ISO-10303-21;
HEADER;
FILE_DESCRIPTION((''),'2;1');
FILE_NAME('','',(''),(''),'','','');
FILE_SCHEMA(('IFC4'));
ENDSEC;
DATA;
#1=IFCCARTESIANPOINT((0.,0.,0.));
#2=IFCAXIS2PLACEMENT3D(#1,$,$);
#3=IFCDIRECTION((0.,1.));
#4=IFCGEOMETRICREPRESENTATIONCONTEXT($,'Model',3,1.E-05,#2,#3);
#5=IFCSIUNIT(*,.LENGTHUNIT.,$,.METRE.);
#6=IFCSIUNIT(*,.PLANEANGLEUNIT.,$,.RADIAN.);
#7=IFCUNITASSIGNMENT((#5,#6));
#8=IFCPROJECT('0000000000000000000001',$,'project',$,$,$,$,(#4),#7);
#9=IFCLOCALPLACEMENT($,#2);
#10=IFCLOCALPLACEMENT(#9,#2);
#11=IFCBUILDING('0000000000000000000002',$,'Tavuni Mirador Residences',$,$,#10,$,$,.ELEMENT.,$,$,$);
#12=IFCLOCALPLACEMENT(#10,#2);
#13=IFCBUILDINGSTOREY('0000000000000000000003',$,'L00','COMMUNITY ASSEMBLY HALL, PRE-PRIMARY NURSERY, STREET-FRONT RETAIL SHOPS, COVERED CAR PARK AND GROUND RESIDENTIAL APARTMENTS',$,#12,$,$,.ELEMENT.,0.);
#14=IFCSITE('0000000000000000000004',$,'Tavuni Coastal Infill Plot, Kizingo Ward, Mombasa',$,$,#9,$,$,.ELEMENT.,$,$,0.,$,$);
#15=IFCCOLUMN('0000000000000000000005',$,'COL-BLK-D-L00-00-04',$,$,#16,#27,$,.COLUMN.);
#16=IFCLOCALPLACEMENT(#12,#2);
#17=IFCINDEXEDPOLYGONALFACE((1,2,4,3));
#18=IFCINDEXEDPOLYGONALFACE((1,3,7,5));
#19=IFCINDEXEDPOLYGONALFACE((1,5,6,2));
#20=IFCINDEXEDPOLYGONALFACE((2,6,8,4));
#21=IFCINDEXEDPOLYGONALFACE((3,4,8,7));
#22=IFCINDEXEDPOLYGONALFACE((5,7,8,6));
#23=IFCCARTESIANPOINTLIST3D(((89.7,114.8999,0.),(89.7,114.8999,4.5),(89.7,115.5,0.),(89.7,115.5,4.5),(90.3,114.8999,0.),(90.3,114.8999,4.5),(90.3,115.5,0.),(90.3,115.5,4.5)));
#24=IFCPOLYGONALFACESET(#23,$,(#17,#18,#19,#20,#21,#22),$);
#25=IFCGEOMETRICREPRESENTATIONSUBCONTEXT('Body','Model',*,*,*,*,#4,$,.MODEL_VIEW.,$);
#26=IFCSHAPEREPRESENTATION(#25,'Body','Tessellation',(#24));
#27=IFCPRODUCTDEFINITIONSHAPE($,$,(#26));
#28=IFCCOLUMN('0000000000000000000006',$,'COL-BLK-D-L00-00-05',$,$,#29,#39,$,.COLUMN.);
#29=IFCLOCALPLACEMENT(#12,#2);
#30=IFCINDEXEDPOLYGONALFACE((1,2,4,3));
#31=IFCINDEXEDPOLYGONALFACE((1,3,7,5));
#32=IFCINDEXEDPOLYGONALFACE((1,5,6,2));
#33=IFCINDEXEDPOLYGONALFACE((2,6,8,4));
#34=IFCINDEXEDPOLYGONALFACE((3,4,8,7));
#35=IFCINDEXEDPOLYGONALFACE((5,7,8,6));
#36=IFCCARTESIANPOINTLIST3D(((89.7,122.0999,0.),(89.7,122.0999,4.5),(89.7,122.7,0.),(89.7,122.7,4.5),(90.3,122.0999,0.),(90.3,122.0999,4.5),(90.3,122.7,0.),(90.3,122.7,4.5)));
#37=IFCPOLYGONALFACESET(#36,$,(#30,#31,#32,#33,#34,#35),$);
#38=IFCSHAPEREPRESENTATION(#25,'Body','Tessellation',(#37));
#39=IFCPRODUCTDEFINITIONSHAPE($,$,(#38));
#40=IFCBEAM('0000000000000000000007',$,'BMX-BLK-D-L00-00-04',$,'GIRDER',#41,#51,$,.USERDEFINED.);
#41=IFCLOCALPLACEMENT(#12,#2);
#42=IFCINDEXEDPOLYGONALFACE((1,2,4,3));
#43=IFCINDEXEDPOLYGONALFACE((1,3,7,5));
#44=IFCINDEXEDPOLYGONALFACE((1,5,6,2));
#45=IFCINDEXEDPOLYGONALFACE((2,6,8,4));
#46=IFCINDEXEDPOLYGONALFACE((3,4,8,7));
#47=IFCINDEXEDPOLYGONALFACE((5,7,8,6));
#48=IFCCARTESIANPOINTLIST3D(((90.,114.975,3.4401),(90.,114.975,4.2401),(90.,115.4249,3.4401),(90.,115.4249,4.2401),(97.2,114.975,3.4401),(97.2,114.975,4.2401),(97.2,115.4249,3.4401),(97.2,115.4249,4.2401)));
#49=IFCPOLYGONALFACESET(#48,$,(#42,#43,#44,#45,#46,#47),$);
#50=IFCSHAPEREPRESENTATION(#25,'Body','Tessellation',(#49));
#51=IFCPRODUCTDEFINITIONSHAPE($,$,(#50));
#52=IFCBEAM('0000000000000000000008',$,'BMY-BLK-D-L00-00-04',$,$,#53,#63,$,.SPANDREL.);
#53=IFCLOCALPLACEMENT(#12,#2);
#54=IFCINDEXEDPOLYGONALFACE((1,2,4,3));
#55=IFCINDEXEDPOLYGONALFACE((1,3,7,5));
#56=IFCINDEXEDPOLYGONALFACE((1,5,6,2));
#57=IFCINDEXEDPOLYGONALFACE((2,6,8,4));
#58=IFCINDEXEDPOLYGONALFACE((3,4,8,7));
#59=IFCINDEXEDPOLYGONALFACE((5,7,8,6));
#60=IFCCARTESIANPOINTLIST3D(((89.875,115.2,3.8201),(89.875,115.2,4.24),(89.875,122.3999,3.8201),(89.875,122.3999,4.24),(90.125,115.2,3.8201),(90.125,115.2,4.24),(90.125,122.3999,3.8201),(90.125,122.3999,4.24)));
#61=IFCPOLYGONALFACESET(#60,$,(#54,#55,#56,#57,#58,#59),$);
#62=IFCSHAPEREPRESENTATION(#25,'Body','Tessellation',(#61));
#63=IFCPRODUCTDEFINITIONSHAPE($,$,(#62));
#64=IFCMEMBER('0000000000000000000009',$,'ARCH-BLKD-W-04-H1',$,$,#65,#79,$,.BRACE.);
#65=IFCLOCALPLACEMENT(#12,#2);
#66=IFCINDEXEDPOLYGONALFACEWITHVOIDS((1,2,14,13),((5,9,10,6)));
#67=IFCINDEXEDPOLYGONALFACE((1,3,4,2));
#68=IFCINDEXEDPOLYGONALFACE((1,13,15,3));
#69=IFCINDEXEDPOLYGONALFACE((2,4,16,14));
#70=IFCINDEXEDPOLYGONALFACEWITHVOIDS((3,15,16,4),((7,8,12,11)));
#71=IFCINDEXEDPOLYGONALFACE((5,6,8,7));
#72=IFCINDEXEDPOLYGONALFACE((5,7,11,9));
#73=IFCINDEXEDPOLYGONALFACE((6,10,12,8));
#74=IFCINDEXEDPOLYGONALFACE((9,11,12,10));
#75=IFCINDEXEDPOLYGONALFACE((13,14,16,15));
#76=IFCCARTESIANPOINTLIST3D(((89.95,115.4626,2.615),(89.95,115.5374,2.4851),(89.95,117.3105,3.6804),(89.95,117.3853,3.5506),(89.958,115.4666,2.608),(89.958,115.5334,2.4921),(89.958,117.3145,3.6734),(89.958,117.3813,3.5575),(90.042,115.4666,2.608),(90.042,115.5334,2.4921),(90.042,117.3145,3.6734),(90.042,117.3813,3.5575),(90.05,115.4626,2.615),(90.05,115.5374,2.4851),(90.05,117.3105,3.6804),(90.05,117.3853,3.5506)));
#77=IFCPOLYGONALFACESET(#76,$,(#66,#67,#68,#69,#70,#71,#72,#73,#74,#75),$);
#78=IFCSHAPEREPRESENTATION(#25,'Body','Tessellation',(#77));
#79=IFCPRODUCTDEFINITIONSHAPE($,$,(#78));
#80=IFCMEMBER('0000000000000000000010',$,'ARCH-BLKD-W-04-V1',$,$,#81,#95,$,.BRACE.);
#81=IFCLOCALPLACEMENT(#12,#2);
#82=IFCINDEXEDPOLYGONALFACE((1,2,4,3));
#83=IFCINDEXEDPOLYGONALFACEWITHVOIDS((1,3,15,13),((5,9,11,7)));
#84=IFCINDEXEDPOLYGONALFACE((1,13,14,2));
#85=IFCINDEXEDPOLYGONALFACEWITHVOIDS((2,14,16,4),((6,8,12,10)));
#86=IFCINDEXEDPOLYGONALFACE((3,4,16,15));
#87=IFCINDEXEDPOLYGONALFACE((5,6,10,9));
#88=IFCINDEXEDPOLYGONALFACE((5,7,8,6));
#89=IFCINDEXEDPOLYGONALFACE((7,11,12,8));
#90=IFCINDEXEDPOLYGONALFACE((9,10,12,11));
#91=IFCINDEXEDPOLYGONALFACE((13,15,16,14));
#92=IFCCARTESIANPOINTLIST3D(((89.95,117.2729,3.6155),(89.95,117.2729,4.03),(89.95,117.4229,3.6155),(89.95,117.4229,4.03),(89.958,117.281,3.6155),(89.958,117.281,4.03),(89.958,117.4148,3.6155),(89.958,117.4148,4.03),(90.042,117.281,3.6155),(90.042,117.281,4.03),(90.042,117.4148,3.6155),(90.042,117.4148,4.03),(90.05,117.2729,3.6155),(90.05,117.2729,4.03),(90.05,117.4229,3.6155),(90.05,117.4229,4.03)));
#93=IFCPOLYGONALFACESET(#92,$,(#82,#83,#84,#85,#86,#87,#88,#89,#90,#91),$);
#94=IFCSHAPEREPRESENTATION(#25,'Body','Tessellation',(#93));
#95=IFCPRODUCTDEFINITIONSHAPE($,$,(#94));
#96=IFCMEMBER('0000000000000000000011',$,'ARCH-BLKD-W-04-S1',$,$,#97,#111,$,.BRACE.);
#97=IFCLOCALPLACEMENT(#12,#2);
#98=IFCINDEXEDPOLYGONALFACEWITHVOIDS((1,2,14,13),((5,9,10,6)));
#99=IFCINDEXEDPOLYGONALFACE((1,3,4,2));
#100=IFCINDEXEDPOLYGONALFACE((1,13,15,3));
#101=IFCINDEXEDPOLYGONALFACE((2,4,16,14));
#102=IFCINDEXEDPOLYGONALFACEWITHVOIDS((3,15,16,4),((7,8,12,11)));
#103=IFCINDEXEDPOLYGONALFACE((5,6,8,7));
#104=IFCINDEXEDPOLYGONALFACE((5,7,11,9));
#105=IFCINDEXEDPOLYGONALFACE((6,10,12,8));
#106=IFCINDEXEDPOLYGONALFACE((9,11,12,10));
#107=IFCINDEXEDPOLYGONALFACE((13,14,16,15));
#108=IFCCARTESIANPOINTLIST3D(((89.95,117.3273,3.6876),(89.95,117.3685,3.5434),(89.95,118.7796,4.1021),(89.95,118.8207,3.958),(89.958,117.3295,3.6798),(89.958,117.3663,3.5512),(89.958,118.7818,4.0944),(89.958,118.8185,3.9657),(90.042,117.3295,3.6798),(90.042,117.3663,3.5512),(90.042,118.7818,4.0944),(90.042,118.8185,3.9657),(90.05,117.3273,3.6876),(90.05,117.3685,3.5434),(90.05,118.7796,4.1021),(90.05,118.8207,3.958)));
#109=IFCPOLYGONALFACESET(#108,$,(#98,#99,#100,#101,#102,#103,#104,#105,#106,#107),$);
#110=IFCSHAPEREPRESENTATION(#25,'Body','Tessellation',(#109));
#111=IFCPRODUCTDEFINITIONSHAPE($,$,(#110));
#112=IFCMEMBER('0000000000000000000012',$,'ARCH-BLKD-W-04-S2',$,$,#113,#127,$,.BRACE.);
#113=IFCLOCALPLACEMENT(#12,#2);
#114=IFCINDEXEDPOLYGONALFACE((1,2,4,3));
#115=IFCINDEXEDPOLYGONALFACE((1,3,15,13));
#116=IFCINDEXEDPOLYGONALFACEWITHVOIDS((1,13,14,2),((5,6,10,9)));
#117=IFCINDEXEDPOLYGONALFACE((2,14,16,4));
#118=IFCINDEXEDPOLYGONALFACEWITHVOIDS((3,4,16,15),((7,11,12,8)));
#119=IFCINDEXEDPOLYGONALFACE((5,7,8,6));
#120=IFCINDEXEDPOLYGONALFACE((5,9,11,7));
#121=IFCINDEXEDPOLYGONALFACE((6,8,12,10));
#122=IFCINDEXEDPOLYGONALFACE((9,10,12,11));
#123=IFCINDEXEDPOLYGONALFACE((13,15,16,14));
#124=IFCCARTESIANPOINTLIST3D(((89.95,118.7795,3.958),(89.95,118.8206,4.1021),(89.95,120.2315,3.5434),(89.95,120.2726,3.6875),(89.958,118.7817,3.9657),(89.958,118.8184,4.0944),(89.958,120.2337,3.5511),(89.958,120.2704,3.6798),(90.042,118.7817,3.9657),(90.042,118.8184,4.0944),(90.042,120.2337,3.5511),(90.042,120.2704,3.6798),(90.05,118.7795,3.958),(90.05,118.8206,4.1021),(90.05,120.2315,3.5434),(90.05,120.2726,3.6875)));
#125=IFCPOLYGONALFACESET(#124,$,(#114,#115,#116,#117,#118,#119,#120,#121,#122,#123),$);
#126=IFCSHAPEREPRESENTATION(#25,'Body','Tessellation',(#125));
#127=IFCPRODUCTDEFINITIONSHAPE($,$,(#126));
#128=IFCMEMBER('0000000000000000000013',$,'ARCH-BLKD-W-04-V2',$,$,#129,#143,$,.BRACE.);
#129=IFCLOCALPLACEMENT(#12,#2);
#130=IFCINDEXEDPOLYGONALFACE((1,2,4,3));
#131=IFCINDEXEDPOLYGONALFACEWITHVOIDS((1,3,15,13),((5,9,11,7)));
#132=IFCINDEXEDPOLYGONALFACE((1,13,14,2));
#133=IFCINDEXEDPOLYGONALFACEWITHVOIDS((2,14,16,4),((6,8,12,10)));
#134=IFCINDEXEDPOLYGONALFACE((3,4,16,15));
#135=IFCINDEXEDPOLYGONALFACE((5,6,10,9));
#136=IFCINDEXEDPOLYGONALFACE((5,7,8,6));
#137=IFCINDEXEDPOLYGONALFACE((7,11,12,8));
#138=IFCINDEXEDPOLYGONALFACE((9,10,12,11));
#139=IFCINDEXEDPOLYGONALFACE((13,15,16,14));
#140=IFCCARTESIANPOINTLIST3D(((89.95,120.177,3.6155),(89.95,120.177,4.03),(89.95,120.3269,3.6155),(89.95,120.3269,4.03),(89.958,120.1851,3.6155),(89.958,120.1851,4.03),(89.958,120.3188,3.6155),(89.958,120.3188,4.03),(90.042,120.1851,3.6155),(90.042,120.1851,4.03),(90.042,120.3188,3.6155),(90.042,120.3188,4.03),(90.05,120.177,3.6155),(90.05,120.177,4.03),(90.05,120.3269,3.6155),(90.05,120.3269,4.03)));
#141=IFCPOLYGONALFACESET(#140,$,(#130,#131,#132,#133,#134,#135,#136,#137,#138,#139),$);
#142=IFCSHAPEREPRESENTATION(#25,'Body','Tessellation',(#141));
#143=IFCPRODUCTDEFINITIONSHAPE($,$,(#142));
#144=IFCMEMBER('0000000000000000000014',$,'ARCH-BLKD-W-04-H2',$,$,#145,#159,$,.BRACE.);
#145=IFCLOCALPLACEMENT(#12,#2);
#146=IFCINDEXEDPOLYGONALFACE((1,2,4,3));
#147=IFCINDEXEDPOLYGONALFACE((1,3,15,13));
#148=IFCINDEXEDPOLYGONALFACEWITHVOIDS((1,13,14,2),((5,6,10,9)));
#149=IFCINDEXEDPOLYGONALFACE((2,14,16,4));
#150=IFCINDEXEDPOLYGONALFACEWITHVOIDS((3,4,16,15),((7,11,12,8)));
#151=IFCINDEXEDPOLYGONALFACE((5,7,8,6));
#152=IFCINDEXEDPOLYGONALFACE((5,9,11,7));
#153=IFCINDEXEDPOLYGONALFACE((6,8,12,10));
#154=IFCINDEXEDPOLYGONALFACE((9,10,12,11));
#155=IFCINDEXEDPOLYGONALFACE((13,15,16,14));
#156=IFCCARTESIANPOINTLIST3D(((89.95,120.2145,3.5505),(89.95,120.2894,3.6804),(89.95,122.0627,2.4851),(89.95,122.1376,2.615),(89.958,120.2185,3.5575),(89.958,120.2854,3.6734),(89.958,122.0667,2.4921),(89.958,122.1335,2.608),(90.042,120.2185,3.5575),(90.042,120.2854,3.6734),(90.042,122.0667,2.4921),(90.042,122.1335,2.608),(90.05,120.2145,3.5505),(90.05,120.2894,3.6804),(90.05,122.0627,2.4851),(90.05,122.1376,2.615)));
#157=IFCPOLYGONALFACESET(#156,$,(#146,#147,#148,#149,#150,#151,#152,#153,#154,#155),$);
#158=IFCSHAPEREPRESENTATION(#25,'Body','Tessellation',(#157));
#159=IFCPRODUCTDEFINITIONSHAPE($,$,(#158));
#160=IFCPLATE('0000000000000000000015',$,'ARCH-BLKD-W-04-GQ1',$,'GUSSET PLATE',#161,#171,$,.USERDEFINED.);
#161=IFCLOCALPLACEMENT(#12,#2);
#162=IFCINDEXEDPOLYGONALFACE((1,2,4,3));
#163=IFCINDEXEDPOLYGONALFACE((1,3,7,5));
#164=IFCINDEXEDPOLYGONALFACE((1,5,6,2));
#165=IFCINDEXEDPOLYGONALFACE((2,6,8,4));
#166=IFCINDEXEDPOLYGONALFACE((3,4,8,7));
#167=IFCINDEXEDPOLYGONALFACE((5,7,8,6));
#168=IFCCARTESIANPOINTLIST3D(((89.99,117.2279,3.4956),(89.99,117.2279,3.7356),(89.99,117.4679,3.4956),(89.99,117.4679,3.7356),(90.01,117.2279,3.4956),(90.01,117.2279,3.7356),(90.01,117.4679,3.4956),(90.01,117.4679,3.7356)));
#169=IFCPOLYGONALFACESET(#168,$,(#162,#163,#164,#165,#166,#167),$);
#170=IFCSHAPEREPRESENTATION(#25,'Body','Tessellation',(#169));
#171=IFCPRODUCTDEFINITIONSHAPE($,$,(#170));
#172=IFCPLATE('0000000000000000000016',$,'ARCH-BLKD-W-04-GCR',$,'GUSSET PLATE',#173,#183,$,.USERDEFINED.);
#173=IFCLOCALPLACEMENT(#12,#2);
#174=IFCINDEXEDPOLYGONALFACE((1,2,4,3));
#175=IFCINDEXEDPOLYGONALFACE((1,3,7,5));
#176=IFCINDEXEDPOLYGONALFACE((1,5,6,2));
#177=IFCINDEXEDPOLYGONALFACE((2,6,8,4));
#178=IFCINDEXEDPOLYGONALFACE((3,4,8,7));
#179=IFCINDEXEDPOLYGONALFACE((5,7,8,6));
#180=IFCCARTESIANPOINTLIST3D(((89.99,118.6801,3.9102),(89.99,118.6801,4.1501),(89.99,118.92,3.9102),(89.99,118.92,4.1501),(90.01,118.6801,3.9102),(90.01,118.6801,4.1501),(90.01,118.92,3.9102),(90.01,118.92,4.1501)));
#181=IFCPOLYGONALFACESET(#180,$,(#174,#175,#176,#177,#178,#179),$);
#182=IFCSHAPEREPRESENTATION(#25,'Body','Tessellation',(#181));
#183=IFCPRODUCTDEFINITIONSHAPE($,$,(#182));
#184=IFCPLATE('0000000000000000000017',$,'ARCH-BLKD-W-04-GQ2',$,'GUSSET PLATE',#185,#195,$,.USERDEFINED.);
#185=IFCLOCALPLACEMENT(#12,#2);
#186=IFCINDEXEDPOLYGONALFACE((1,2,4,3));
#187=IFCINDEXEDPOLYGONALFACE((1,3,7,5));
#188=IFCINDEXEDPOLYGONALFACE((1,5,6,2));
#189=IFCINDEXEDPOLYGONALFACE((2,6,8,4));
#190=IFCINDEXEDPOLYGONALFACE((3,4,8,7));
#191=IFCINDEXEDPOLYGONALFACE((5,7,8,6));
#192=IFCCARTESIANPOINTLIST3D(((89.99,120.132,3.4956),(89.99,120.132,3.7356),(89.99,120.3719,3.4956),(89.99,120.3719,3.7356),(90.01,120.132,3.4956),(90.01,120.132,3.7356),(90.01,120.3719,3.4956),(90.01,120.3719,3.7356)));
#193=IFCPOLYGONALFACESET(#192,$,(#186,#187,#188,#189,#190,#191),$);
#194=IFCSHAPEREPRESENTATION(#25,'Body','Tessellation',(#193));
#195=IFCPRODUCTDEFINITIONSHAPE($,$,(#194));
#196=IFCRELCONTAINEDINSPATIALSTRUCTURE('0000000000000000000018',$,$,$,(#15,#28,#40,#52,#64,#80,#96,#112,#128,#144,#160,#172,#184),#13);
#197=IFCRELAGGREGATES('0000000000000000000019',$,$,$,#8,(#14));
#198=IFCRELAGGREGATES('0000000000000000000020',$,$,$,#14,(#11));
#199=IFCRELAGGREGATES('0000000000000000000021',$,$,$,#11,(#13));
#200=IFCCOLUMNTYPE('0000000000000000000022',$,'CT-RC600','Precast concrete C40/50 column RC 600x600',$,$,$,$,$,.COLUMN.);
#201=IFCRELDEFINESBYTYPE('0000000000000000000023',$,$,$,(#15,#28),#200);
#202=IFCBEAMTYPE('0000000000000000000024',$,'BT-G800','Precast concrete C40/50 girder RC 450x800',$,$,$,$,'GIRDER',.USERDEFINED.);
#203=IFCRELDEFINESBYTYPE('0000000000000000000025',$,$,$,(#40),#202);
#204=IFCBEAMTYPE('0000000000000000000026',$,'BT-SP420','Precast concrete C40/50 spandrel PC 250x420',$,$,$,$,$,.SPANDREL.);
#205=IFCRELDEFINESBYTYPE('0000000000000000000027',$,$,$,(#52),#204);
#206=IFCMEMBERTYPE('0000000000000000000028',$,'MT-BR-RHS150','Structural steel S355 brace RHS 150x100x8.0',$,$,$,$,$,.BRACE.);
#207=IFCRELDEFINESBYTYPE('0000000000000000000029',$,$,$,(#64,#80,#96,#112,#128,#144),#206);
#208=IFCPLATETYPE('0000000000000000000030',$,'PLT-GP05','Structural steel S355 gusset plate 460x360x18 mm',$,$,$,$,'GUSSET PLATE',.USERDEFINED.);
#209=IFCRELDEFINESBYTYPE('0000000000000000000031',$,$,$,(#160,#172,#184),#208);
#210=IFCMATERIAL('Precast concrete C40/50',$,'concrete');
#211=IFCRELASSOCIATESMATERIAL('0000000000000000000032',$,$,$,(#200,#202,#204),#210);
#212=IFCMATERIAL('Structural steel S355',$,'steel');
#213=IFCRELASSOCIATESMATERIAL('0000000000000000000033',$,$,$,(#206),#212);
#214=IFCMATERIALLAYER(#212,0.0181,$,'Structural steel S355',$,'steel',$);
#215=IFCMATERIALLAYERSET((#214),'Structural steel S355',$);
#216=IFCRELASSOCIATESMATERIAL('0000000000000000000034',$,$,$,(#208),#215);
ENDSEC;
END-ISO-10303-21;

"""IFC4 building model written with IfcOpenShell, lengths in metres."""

from ifc_helpers import new_model, si_unit, direction, frame, origin, origin_2d, place, context, subcontext, project, spatial, rectangle, hollow_rectangle, extrude, material, layer, layer_set, material_profile, profile_set, type_object, element, save


model = new_model("IFC4")

# Units and contexts
model_context = context("Model", 3, precision=1e-05, world=origin(), true_north=direction((0.0, 1.0)))
body_context = subcontext(model_context, "Body", "Model", "MODEL_VIEW")
ifc_project = project(units=[si_unit("LENGTHUNIT", "METRE"), si_unit("PLANEANGLEUNIT", "RADIAN")], contexts=[model_context])

# Site, building, storey
site_placement = place(None, origin())
site = spatial("IfcSite", under=ifc_project, at=site_placement, Name="Tavuni Coastal Infill Plot, Kizingo Ward, Mombasa", CompositionType="ELEMENT", RefElevation=0.0)
building_placement = place(site_placement, origin())
building = spatial("IfcBuilding", under=site, at=building_placement, Name="Tavuni Mirador Residences", CompositionType="ELEMENT")
storey_placement = place(building_placement, origin())
storey = spatial("IfcBuildingStorey", under=building, at=storey_placement, Name="L00", Description="COMMUNITY ASSEMBLY HALL, PRE-PRIMARY NURSERY, STREET-FRONT RETAIL SHOPS, COVERED CAR PARK AND GROUND RESIDENTIAL APARTMENTS", CompositionType="ELEMENT", Elevation=0.0)

# Columns
ifc_material_1 = material(Name="Precast concrete C40/50", Category="concrete")
ifc_material_profile_1 = material_profile(ifc_material_1, rectangle(XDim=0.6001, YDim=0.6001, at=origin_2d()), Name="RC 600x600", Category="concrete")
ifc_profile_set_1 = profile_set([ifc_material_profile_1], Name="Precast concrete C40/50")
column_type = type_object("IfcColumnType", Name="CT-RC600", Description="Precast concrete C40/50 column RC 600x600", PredefinedType="COLUMN", material=ifc_profile_set_1)
for number, where, z_axis, x_axis, name in (
    (1, (90.0, 115.2, 0.0), (0.0, 0.0, 1.0), (1.0, 0.0, 0.0), "COL-BLK-D-L00-00-04"),
    (2, (90.0, 122.3999, 0.0), (0.0, 0.0, 1.0), (1.0, 0.0, 0.0), "COL-BLK-D-L00-00-05"),
):
    element("IfcColumn", number, at=place(storey_placement, frame(where, z_axis=z_axis, x_axis=x_axis)), inside=storey, type_object=column_type, Name=name, PredefinedType="COLUMN", context=body_context, shape_type="SweptSolid", body=[
        extrude(rectangle(XDim=0.6001, YDim=0.6001, at=origin_2d()), origin(), (0.0, 0.0, 1.0), 4.5),
    ])

# Beams
ifc_material_profile_2 = material_profile(ifc_material_1, rectangle(XDim=0.45, YDim=0.8, at=origin_2d()), Name="RC 450x800", Category="concrete")
ifc_profile_set_2 = profile_set([ifc_material_profile_2], Name="Precast concrete C40/50")
beam_type_1 = type_object("IfcBeamType", Name="BT-G800", Description="Precast concrete C40/50 girder RC 450x800", ElementType="GIRDER", PredefinedType="USERDEFINED", material=ifc_profile_set_2)
beam_1_placement = place(storey_placement, frame((90.0, 115.2, 3.8401), z_axis=(1.0, 0.0, 0.0), x_axis=(0.0, 1.0, 0.0)))
element("IfcBeam", 3, at=beam_1_placement, inside=storey, type_object=beam_type_1, Name="BMX-BLK-D-L00-00-04", ObjectType="GIRDER", PredefinedType="USERDEFINED", context=body_context, shape_type="SweptSolid", body=[
    extrude(rectangle(XDim=0.45, YDim=0.8, at=origin_2d()), origin(), (0.0, 0.0, 1.0), 7.2),
])
ifc_material_profile_3 = material_profile(ifc_material_1, rectangle(XDim=0.25, YDim=0.4199, at=origin_2d()), Name="PC 250x420", Category="concrete")
ifc_profile_set_3 = profile_set([ifc_material_profile_3], Name="Precast concrete C40/50")
beam_type_2 = type_object("IfcBeamType", Name="BT-SP420", Description="Precast concrete C40/50 spandrel PC 250x420", PredefinedType="SPANDREL", material=ifc_profile_set_3)
beam_2_placement = place(storey_placement, frame((90.0, 115.2, 4.03), z_axis=(0.0, 1.0, 0.0), x_axis=(-1.0, 0.0, 0.0)))
element("IfcBeam", 4, at=beam_2_placement, inside=storey, type_object=beam_type_2, Name="BMY-BLK-D-L00-00-04", PredefinedType="SPANDREL", context=body_context, shape_type="SweptSolid", body=[
    extrude(rectangle(XDim=0.25, YDim=0.4199, at=origin_2d()), origin(), (0.0, 0.0, 1.0), 7.2),
])

# Members
ifc_material_2 = material(Name="Structural steel S355", Category="steel")
ifc_material_profile_4 = material_profile(ifc_material_2, hollow_rectangle(XDim=0.1001, YDim=0.1499, WallThickness=0.0081, at=origin_2d()), Name="RHS 150x100x8.0", Category="steel")
ifc_profile_set_4 = profile_set([ifc_material_profile_4], Name="Structural steel S355")
member_type = type_object("IfcMemberType", Name="MT-BR-RHS150", Description="Structural steel S355 brace RHS 150x100x8.0", PredefinedType="BRACE", material=ifc_profile_set_4)
member_1_placement = place(storey_placement, frame((90.0, 115.5, 2.55), z_axis=(0.0, 0.866321, 0.499488), x_axis=(-1.0, 0.0, 0.0)))
element("IfcMember", 5, at=member_1_placement, inside=storey, type_object=member_type, Name="ARCH-BLKD-W-04-H1", PredefinedType="BRACE", context=body_context, shape_type="SweptSolid", body=[
    extrude(hollow_rectangle(XDim=0.1001, YDim=0.1499, WallThickness=0.0081, at=origin_2d()), origin(), (0.0, 0.0, 1.0), 2.1331),
])
member_2_placement = place(storey_placement, frame((90.0, 117.3479, 3.6155), z_axis=(0.0, 0.0, 1.0), x_axis=(1.0, 0.0, 0.0)))
element("IfcMember", 6, at=member_2_placement, inside=storey, type_object=member_type, Name="ARCH-BLKD-W-04-V1", PredefinedType="BRACE", context=body_context, shape_type="SweptSolid", body=[
    extrude(hollow_rectangle(XDim=0.1001, YDim=0.1499, WallThickness=0.0081, at=origin_2d()), origin(), (0.0, 0.0, 1.0), 0.4146),
])
member_3_placement = place(storey_placement, frame((90.0, 117.3479, 3.6155), z_axis=(0.0, 0.961585, 0.274508), x_axis=(-1.0, 0.0, 0.0)))
element("IfcMember", 7, at=member_3_placement, inside=storey, type_object=member_type, Name="ARCH-BLKD-W-04-S1", PredefinedType="BRACE", context=body_context, shape_type="SweptSolid", body=[
    extrude(hollow_rectangle(XDim=0.1001, YDim=0.1499, WallThickness=0.0081, at=origin_2d()), origin(), (0.0, 0.0, 1.0), 1.5103),
])
member_4_placement = place(storey_placement, frame((90.0, 118.8, 4.03), z_axis=(0.0, 0.961573, -0.27455), x_axis=(-1.0, 0.0, 0.0)))
element("IfcMember", 8, at=member_4_placement, inside=storey, type_object=member_type, Name="ARCH-BLKD-W-04-S2", PredefinedType="BRACE", context=body_context, shape_type="SweptSolid", body=[
    extrude(hollow_rectangle(XDim=0.1001, YDim=0.1499, WallThickness=0.0081, at=origin_2d()), origin(), (0.0, 0.0, 1.0), 1.51),
])
member_5_placement = place(storey_placement, frame((90.0, 120.252, 3.6155), z_axis=(0.0, 0.0, 1.0), x_axis=(1.0, 0.0, 0.0)))
element("IfcMember", 9, at=member_5_placement, inside=storey, type_object=member_type, Name="ARCH-BLKD-W-04-V2", PredefinedType="BRACE", context=body_context, shape_type="SweptSolid", body=[
    extrude(hollow_rectangle(XDim=0.1001, YDim=0.1499, WallThickness=0.0081, at=origin_2d()), origin(), (0.0, 0.0, 1.0), 0.4146),
])
member_6_placement = place(storey_placement, frame((90.0, 120.252, 3.6155), z_axis=(0.0, 0.866349, -0.499438), x_axis=(-1.0, 0.0, 0.0)))
element("IfcMember", 10, at=member_6_placement, inside=storey, type_object=member_type, Name="ARCH-BLKD-W-04-H2", PredefinedType="BRACE", context=body_context, shape_type="SweptSolid", body=[
    extrude(hollow_rectangle(XDim=0.1001, YDim=0.1499, WallThickness=0.0081, at=origin_2d()), origin(), (0.0, 0.0, 1.0), 2.1333),
])

# Plates
ifc_layer_1 = layer(ifc_material_2, 0.0181, Name="Structural steel S355", Category="steel")
ifc_layer_set_1 = layer_set([ifc_layer_1], Name="Structural steel S355")
plate_type = type_object("IfcPlateType", Name="PLT-GP05", Description="Structural steel S355 gusset plate 460x360x18 mm", ElementType="GUSSET PLATE", PredefinedType="USERDEFINED", material=ifc_layer_set_1)
for number, where, z_axis, x_axis, name in (
    (11, (90.0, 117.3479, 3.4956), (0.0, 0.0, 1.0), (1.0, 0.0, 0.0), "ARCH-BLKD-W-04-GQ1"),
    (12, (90.0, 118.8, 3.9102), (0.0, 0.0, 1.0), (1.0, 0.0, 0.0), "ARCH-BLKD-W-04-GCR"),
    (13, (90.0, 120.252, 3.4956), (0.0, 0.0, 1.0), (1.0, 0.0, 0.0), "ARCH-BLKD-W-04-GQ2"),
):
    element("IfcPlate", number, at=place(storey_placement, frame(where, z_axis=z_axis, x_axis=x_axis)), inside=storey, type_object=plate_type, Name=name, ObjectType="GUSSET PLATE", PredefinedType="USERDEFINED", context=body_context, shape_type="SweptSolid", body=[
        extrude(rectangle(XDim=0.02, YDim=0.24, at=origin_2d()), origin(), (0.0, 0.0, 1.0), 0.24),
    ])

save(model, "model.ifc")
